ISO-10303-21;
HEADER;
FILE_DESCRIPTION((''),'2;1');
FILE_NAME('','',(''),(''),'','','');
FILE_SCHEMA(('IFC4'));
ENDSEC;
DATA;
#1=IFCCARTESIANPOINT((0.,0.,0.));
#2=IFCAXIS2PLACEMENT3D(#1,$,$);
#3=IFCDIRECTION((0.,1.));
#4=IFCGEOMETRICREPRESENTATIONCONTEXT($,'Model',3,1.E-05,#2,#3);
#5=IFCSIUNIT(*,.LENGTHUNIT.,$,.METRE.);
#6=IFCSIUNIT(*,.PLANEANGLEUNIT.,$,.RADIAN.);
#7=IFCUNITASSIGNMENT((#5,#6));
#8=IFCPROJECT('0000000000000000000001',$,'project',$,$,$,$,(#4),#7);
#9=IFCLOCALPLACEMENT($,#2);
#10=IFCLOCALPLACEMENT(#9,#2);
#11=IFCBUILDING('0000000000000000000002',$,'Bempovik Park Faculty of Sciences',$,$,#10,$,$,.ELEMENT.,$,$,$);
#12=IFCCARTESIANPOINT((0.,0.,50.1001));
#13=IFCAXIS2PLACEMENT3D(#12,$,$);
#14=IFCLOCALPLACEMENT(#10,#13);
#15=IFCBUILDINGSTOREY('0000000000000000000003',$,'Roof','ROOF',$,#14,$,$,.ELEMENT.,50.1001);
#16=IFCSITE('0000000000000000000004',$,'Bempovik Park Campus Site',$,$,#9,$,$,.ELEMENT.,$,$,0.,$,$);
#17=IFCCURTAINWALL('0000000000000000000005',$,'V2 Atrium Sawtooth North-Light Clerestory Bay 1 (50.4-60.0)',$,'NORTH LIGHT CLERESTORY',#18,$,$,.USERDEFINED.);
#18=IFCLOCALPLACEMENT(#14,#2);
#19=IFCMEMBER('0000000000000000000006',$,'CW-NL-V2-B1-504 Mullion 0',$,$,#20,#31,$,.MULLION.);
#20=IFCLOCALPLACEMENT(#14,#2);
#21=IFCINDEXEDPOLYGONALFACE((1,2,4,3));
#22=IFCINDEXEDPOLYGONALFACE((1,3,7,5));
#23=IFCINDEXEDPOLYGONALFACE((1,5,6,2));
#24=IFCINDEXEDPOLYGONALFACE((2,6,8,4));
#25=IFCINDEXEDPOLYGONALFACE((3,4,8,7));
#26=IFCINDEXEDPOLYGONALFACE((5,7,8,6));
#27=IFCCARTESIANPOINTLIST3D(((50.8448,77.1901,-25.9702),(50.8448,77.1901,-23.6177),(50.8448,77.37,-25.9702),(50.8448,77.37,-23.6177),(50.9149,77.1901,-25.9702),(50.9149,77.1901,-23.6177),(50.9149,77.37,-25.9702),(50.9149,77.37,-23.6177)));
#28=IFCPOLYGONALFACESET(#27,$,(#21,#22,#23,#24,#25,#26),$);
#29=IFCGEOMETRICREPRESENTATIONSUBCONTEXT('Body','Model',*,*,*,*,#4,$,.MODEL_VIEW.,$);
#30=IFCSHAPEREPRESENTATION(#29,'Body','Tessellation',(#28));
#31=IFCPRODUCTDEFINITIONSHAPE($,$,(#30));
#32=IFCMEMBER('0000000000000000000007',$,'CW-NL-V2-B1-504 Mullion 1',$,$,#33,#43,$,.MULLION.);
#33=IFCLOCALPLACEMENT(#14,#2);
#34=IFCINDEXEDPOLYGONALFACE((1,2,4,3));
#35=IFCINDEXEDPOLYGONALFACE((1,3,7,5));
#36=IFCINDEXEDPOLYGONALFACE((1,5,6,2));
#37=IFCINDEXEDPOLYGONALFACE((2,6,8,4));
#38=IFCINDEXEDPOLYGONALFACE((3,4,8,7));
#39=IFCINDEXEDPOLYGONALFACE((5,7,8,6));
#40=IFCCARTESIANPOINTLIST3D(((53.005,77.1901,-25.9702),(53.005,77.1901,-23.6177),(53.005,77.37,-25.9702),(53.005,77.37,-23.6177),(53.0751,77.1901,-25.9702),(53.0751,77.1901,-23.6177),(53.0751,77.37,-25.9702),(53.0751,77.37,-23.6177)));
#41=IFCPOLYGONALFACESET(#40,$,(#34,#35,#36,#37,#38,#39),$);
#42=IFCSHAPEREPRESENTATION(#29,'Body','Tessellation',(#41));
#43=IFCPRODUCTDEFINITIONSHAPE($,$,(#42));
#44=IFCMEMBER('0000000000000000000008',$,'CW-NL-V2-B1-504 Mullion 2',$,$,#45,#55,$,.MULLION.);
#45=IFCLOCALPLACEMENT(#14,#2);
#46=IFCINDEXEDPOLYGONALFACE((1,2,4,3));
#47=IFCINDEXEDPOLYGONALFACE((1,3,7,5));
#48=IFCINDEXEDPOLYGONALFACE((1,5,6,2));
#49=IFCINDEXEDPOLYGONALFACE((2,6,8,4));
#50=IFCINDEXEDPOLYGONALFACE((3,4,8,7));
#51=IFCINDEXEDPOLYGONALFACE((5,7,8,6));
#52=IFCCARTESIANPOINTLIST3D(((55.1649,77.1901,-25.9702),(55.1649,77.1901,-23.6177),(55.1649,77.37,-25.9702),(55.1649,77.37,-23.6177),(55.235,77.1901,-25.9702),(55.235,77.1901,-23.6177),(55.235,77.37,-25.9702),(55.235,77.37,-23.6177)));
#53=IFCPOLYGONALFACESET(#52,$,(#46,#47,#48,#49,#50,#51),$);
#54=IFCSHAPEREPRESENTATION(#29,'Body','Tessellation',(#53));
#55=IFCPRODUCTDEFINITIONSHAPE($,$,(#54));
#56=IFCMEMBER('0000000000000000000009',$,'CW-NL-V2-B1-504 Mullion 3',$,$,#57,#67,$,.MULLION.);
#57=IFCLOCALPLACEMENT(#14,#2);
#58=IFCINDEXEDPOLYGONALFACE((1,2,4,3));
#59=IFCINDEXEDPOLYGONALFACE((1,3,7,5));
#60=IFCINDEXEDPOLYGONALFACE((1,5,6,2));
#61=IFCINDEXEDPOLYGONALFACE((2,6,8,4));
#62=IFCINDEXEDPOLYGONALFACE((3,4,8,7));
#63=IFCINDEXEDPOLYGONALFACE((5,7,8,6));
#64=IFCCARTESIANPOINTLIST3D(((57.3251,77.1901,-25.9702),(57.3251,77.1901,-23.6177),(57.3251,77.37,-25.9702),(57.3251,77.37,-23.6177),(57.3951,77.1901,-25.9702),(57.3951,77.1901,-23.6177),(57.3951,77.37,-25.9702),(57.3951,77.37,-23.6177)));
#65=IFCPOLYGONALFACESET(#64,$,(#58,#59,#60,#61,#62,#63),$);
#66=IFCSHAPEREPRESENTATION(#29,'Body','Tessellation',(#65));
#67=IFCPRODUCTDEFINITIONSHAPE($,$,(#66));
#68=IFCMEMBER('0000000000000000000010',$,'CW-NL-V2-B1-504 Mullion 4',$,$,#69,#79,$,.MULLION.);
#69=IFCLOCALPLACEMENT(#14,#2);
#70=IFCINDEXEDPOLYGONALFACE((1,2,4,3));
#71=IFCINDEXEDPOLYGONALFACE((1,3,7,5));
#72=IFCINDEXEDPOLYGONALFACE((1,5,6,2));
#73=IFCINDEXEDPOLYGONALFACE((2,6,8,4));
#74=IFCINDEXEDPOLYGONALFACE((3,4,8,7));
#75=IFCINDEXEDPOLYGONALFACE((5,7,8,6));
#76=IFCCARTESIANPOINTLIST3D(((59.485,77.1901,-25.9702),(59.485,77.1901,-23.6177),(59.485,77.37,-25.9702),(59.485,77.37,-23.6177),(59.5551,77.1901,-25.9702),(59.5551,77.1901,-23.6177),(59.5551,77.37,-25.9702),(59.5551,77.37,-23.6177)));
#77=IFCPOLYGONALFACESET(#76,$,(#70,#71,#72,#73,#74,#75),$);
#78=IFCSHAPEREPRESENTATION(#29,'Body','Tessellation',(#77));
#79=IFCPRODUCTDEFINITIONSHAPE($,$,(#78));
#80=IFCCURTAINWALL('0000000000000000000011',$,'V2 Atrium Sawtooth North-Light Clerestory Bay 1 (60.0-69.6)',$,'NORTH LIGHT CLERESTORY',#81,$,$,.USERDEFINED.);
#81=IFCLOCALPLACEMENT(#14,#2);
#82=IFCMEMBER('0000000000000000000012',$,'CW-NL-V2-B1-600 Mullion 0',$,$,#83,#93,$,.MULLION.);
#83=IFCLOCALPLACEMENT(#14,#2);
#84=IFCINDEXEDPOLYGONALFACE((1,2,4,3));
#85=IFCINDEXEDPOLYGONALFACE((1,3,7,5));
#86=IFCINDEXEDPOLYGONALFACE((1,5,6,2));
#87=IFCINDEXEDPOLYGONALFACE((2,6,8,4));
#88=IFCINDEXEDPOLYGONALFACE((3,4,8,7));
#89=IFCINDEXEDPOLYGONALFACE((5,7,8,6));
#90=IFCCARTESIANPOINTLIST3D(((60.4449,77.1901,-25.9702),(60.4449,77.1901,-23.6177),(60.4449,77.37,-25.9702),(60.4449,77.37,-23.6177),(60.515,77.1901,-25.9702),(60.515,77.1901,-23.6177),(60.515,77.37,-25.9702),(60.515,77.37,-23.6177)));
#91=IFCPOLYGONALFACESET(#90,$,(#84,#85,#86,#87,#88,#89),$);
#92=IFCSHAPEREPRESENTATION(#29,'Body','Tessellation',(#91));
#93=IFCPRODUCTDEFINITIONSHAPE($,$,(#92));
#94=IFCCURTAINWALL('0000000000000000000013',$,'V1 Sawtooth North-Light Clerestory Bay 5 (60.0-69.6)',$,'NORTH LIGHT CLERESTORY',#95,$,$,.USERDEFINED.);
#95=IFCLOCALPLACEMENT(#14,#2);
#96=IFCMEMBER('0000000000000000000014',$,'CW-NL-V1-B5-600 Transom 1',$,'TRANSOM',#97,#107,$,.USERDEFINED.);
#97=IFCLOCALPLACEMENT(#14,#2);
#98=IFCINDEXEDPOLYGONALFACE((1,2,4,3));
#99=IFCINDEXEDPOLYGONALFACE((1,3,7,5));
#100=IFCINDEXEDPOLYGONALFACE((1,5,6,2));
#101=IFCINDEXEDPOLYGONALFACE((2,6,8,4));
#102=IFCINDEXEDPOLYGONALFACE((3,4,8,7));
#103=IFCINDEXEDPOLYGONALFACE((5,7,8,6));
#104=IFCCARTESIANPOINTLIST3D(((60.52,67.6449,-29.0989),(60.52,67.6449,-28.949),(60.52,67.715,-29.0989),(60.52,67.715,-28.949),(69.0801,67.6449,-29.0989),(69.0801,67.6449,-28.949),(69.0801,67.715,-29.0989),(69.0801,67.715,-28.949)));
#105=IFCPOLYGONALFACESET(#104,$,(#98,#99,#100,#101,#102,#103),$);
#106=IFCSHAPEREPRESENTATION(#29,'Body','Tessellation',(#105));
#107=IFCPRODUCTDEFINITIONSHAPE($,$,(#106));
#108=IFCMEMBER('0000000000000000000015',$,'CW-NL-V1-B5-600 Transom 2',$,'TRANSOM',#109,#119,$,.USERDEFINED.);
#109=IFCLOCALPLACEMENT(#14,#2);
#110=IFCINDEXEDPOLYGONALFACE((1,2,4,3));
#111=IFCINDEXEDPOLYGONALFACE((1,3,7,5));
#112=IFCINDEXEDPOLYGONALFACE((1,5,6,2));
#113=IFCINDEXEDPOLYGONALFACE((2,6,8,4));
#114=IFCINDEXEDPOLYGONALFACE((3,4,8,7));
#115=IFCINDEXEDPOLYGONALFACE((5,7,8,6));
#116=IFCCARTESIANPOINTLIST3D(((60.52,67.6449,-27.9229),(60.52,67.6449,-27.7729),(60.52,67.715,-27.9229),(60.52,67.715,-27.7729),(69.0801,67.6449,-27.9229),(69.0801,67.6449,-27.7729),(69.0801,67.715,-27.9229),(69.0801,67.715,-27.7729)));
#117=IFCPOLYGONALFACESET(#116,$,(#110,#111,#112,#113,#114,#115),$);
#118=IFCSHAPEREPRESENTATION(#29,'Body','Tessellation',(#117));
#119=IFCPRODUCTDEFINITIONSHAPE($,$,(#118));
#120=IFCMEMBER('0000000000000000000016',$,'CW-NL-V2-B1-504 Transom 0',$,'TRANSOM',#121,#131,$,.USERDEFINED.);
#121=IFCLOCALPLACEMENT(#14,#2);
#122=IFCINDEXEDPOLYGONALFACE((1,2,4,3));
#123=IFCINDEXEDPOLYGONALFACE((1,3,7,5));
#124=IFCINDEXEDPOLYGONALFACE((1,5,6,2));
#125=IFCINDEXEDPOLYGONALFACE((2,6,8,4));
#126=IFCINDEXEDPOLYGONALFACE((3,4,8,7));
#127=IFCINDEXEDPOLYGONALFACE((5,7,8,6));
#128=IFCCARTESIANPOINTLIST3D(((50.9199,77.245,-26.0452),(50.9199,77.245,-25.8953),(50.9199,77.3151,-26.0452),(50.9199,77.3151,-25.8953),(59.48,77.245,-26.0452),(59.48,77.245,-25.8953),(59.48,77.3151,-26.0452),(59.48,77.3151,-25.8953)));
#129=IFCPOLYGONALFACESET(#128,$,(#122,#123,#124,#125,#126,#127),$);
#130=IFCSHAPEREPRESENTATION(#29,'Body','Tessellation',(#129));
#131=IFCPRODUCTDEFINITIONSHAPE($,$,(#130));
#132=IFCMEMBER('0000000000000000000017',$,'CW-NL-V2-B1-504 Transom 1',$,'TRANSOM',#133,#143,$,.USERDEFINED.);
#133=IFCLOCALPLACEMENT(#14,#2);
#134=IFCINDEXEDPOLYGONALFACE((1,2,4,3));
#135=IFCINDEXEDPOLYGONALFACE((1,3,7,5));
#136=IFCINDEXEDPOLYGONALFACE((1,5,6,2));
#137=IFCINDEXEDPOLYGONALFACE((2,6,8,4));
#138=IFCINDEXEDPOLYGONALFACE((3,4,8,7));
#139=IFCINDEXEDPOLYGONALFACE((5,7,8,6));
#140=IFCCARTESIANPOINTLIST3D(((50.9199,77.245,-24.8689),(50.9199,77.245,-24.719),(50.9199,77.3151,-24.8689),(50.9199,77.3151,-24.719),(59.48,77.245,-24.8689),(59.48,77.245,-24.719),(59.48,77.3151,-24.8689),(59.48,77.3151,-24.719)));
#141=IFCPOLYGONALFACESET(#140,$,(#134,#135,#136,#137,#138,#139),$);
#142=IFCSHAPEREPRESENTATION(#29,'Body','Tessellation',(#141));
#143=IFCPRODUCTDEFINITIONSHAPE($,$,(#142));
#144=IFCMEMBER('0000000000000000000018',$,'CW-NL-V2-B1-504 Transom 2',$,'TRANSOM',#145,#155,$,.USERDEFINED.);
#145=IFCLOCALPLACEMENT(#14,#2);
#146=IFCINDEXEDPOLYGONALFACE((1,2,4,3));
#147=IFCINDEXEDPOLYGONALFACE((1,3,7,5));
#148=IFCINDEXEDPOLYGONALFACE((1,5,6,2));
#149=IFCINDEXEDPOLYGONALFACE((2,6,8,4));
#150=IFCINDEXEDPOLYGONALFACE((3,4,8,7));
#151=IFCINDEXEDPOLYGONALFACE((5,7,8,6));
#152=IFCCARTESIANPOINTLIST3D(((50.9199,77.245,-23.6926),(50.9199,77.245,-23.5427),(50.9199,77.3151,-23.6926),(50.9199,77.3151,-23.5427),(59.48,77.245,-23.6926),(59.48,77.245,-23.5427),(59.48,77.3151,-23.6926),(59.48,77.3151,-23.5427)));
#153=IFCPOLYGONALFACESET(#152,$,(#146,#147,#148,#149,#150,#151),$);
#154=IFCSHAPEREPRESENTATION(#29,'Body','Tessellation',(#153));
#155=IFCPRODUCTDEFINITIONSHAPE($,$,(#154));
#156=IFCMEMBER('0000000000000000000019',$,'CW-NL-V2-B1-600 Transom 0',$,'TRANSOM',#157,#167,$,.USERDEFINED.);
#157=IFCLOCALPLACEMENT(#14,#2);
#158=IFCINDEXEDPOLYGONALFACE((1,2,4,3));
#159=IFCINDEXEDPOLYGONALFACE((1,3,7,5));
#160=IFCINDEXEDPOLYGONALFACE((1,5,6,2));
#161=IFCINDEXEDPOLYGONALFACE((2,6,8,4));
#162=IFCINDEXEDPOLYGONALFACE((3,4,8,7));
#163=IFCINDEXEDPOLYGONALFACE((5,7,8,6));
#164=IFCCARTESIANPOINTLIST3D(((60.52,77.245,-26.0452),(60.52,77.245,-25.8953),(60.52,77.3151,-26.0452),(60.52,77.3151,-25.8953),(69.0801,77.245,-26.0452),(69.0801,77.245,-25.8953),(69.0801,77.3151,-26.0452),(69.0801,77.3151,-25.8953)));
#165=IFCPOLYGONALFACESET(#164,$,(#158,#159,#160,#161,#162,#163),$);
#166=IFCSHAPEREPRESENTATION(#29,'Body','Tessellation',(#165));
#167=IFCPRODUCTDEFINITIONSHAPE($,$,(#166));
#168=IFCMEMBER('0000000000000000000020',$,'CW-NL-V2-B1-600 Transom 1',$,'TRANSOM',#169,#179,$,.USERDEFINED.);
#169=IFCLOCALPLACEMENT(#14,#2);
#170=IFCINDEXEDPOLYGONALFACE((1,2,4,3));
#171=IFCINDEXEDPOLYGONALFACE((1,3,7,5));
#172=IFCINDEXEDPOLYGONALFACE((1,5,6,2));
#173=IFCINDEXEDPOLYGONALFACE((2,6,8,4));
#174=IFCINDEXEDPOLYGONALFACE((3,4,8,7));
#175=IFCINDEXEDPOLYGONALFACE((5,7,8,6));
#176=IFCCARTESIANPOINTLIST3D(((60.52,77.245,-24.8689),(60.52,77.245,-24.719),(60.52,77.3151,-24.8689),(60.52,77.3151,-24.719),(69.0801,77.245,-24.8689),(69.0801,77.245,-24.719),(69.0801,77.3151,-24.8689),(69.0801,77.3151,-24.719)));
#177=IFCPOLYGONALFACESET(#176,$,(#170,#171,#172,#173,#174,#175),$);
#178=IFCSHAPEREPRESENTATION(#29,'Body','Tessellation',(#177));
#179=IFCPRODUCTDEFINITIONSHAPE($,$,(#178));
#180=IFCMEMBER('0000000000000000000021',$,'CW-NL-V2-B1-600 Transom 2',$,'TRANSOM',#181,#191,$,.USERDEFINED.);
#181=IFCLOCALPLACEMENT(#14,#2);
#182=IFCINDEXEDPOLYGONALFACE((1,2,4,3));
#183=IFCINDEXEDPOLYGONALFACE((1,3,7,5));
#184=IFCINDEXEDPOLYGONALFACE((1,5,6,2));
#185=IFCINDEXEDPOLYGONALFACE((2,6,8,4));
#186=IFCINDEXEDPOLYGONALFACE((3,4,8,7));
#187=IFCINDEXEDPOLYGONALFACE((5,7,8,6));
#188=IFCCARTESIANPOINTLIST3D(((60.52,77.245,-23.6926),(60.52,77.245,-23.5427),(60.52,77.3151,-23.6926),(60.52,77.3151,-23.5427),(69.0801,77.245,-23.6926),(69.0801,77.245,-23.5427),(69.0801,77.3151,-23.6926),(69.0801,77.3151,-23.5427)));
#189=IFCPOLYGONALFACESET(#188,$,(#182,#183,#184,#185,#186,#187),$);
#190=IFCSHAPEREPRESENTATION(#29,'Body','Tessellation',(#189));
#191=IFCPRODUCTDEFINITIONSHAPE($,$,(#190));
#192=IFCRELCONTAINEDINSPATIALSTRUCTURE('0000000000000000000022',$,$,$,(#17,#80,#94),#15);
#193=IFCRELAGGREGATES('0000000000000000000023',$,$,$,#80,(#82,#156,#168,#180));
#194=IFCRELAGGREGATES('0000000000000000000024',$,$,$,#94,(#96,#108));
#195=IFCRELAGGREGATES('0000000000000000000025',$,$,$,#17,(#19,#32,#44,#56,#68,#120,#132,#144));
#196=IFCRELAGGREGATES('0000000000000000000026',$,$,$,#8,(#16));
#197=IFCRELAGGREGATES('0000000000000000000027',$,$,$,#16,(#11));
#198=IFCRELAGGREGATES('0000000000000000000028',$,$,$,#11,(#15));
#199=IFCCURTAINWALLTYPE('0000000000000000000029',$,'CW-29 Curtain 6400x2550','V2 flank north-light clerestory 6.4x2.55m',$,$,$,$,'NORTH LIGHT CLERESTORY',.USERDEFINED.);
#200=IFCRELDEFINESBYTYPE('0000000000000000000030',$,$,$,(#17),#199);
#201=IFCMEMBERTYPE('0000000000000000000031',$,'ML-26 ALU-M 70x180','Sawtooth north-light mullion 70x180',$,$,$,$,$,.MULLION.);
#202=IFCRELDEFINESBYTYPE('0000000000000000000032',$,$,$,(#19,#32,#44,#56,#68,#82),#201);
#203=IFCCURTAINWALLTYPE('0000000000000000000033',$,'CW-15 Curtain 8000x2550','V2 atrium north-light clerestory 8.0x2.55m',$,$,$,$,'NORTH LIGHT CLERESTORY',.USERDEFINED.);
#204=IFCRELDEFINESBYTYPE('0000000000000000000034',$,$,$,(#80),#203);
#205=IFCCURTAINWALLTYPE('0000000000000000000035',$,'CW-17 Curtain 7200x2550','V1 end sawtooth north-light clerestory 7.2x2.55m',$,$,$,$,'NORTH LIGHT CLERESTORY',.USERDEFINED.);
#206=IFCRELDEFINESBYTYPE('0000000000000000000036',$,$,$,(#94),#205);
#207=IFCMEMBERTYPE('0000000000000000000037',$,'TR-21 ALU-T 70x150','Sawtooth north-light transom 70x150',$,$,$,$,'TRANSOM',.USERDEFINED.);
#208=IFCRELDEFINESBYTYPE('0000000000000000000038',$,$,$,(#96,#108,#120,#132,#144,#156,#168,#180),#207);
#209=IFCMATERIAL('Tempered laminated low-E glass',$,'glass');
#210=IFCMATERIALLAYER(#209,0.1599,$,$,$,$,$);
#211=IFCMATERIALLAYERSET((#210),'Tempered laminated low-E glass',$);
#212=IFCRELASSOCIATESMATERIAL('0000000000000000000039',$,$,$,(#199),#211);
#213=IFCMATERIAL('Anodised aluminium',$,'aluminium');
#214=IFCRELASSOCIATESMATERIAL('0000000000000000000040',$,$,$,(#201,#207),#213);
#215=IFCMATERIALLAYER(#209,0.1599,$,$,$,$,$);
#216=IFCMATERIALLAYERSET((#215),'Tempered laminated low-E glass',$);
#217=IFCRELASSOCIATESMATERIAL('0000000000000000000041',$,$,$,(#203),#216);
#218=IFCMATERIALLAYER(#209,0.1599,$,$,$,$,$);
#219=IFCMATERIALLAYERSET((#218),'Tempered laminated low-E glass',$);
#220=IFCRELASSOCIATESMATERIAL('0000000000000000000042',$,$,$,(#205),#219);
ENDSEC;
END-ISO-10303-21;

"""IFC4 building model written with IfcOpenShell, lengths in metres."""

from ifc_helpers import new_model, si_unit, direction, frame, origin, origin_2d, place, context, subcontext, project, spatial, rectangle, extrude, material, layer, layer_set, material_profile, profile_set, type_object, element, aggregate, save


model = new_model("IFC4")

# Units and contexts
model_context = context("Model", 3, precision=1e-05, world=origin(), true_north=direction((0.0, 1.0)))
body_context = subcontext(model_context, "Body", "Model", "MODEL_VIEW")
ifc_project = project(units=[si_unit("LENGTHUNIT", "METRE"), si_unit("PLANEANGLEUNIT", "RADIAN")], contexts=[model_context])

# Site, building, storey
site_placement = place(None, origin())
site = spatial("IfcSite", under=ifc_project, at=site_placement, Name="Bempovik Park Campus Site", CompositionType="ELEMENT", RefElevation=0.0)
building_placement = place(site_placement, origin())
building = spatial("IfcBuilding", under=site, at=building_placement, Name="Bempovik Park Faculty of Sciences", CompositionType="ELEMENT")
storey_placement = place(building_placement, frame((0.0, 0.0, 50.1001)))
storey = spatial("IfcBuildingStorey", under=building, at=storey_placement, Name="Roof", Description="ROOF", CompositionType="ELEMENT", Elevation=50.1001)

# Curtain wall, members
ifc_material_1 = material(Name="Tempered laminated low-E glass", Category="glass")
ifc_layer_1 = layer(ifc_material_1, 0.1599)
ifc_layer_set_1 = layer_set([ifc_layer_1], Name="Tempered laminated low-E glass")
curtain_wall_type_1 = type_object("IfcCurtainWallType", Name="CW-29 Curtain 6400x2550", Description="V2 flank north-light clerestory 6.4x2.55m", ElementType="NORTH LIGHT CLERESTORY", PredefinedType="USERDEFINED", material=ifc_layer_set_1)
curtain_wall_1_placement = place(storey_placement, origin())
curtain_wall_1 = element("IfcCurtainWall", 1, at=curtain_wall_1_placement, inside=storey, type_object=curtain_wall_type_1, Name="V2 Atrium Sawtooth North-Light Clerestory Bay 1 (50.4-60.0)", ObjectType="NORTH LIGHT CLERESTORY", PredefinedType="USERDEFINED")
ifc_material_2 = material(Name="Anodised aluminium", Category="aluminium")
ifc_material_profile_1 = material_profile(ifc_material_2, rectangle(XDim=0.0701, YDim=0.1799, at=origin_2d()), Name="ALU-M 70x180")
ifc_profile_set_1 = profile_set([ifc_material_profile_1], Name="Anodised aluminium")
member_type_1 = type_object("IfcMemberType", Name="ML-26 ALU-M 70x180", Description="Sawtooth north-light mullion 70x180", PredefinedType="MULLION", material=ifc_profile_set_1)
member_1_placement = place(storey_placement, frame((50.8799, 77.28, -25.9702), z_axis=(0.0, 0.0, 1.0), x_axis=(1.0, 0.0, 0.0)))
member_1 = element("IfcMember", 2, at=member_1_placement, type_object=member_type_1, Name="CW-NL-V2-B1-504 Mullion 0", PredefinedType="MULLION", context=body_context, shape_type="SweptSolid", body=[
    extrude(rectangle(XDim=0.0701, YDim=0.1799, at=origin_2d()), origin(), (0.0, 0.0, 1.0), 2.3525),
])
member_2_placement = place(storey_placement, frame((53.04, 77.28, -25.9702), z_axis=(0.0, 0.0, 1.0), x_axis=(1.0, 0.0, 0.0)))
member_2 = element("IfcMember", 3, at=member_2_placement, type_object=member_type_1, Name="CW-NL-V2-B1-504 Mullion 1", PredefinedType="MULLION", context=body_context, shape_type="SweptSolid", body=[
    extrude(rectangle(XDim=0.0701, YDim=0.1799, at=origin_2d()), origin(), (0.0, 0.0, 1.0), 2.3525),
])
member_3_placement = place(storey_placement, frame((55.2, 77.28, -25.9702), z_axis=(0.0, 0.0, 1.0), x_axis=(1.0, 0.0, 0.0)))
member_3 = element("IfcMember", 4, at=member_3_placement, type_object=member_type_1, Name="CW-NL-V2-B1-504 Mullion 2", PredefinedType="MULLION", context=body_context, shape_type="SweptSolid", body=[
    extrude(rectangle(XDim=0.0701, YDim=0.1799, at=origin_2d()), origin(), (0.0, 0.0, 1.0), 2.3525),
])
member_4_placement = place(storey_placement, frame((57.3601, 77.28, -25.9702), z_axis=(0.0, 0.0, 1.0), x_axis=(1.0, 0.0, 0.0)))
member_4 = element("IfcMember", 5, at=member_4_placement, type_object=member_type_1, Name="CW-NL-V2-B1-504 Mullion 3", PredefinedType="MULLION", context=body_context, shape_type="SweptSolid", body=[
    extrude(rectangle(XDim=0.0701, YDim=0.1799, at=origin_2d()), origin(), (0.0, 0.0, 1.0), 2.3525),
])
member_5_placement = place(storey_placement, frame((59.52, 77.28, -25.9702), z_axis=(0.0, 0.0, 1.0), x_axis=(1.0, 0.0, 0.0)))
member_5 = element("IfcMember", 6, at=member_5_placement, type_object=member_type_1, Name="CW-NL-V2-B1-504 Mullion 4", PredefinedType="MULLION", context=body_context, shape_type="SweptSolid", body=[
    extrude(rectangle(XDim=0.0701, YDim=0.1799, at=origin_2d()), origin(), (0.0, 0.0, 1.0), 2.3525),
])

# Curtain wall, member
ifc_layer_2 = layer(ifc_material_1, 0.1599)
ifc_layer_set_2 = layer_set([ifc_layer_2], Name="Tempered laminated low-E glass")
curtain_wall_type_2 = type_object("IfcCurtainWallType", Name="CW-15 Curtain 8000x2550", Description="V2 atrium north-light clerestory 8.0x2.55m", ElementType="NORTH LIGHT CLERESTORY", PredefinedType="USERDEFINED", material=ifc_layer_set_2)
curtain_wall_2_placement = place(storey_placement, origin())
curtain_wall_2 = element("IfcCurtainWall", 7, at=curtain_wall_2_placement, inside=storey, type_object=curtain_wall_type_2, Name="V2 Atrium Sawtooth North-Light Clerestory Bay 1 (60.0-69.6)", ObjectType="NORTH LIGHT CLERESTORY", PredefinedType="USERDEFINED")
member_6_placement = place(storey_placement, frame((60.48, 77.28, -25.9702), z_axis=(0.0, 0.0, 1.0), x_axis=(1.0, 0.0, 0.0)))
member_6 = element("IfcMember", 8, at=member_6_placement, type_object=member_type_1, Name="CW-NL-V2-B1-600 Mullion 0", PredefinedType="MULLION", context=body_context, shape_type="SweptSolid", body=[
    extrude(rectangle(XDim=0.0701, YDim=0.1799, at=origin_2d()), origin(), (0.0, 0.0, 1.0), 2.3525),
])

# Curtain wall, members
ifc_layer_3 = layer(ifc_material_1, 0.1599)
ifc_layer_set_3 = layer_set([ifc_layer_3], Name="Tempered laminated low-E glass")
curtain_wall_type_3 = type_object("IfcCurtainWallType", Name="CW-17 Curtain 7200x2550", Description="V1 end sawtooth north-light clerestory 7.2x2.55m", ElementType="NORTH LIGHT CLERESTORY", PredefinedType="USERDEFINED", material=ifc_layer_set_3)
curtain_wall_3_placement = place(storey_placement, origin())
curtain_wall_3 = element("IfcCurtainWall", 9, at=curtain_wall_3_placement, inside=storey, type_object=curtain_wall_type_3, Name="V1 Sawtooth North-Light Clerestory Bay 5 (60.0-69.6)", ObjectType="NORTH LIGHT CLERESTORY", PredefinedType="USERDEFINED")
ifc_material_profile_2 = material_profile(ifc_material_2, rectangle(XDim=0.0701, YDim=0.1499, at=origin_2d()), Name="ALU-T 70x150")
ifc_profile_set_2 = profile_set([ifc_material_profile_2], Name="Anodised aluminium")
member_type_2 = type_object("IfcMemberType", Name="TR-21 ALU-T 70x150", Description="Sawtooth north-light transom 70x150", ElementType="TRANSOM", PredefinedType="USERDEFINED", material=ifc_profile_set_2)
member_7_placement = place(storey_placement, frame((60.52, 67.6799, -29.0239), z_axis=(1.0, 0.0, 0.0), x_axis=(0.0, 1.0, 0.0)))
member_7 = element("IfcMember", 10, at=member_7_placement, type_object=member_type_2, Name="CW-NL-V1-B5-600 Transom 1", ObjectType="TRANSOM", PredefinedType="USERDEFINED", context=body_context, shape_type="SweptSolid", body=[
    extrude(rectangle(XDim=0.0701, YDim=0.1499, at=origin_2d()), origin(), (0.0, 0.0, 1.0), 8.5601),
])
member_8_placement = place(storey_placement, frame((60.52, 67.6799, -27.8479), z_axis=(1.0, 0.0, 0.0), x_axis=(0.0, 1.0, 0.0)))
member_8 = element("IfcMember", 11, at=member_8_placement, type_object=member_type_2, Name="CW-NL-V1-B5-600 Transom 2", ObjectType="TRANSOM", PredefinedType="USERDEFINED", context=body_context, shape_type="SweptSolid", body=[
    extrude(rectangle(XDim=0.0701, YDim=0.1499, at=origin_2d()), origin(), (0.0, 0.0, 1.0), 8.5601),
])

# Members
member_9_placement = place(storey_placement, frame((50.9199, 77.28, -25.9702), z_axis=(1.0, 0.0, 0.0), x_axis=(0.0, 1.0, 0.0)))
member_9 = element("IfcMember", 12, at=member_9_placement, type_object=member_type_2, Name="CW-NL-V2-B1-504 Transom 0", ObjectType="TRANSOM", PredefinedType="USERDEFINED", context=body_context, shape_type="SweptSolid", body=[
    extrude(rectangle(XDim=0.0701, YDim=0.1499, at=origin_2d()), origin(), (0.0, 0.0, 1.0), 8.5601),
])
member_10_placement = place(storey_placement, frame((50.9199, 77.28, -24.7939), z_axis=(1.0, 0.0, 0.0), x_axis=(0.0, 1.0, 0.0)))
member_10 = element("IfcMember", 13, at=member_10_placement, type_object=member_type_2, Name="CW-NL-V2-B1-504 Transom 1", ObjectType="TRANSOM", PredefinedType="USERDEFINED", context=body_context, shape_type="SweptSolid", body=[
    extrude(rectangle(XDim=0.0701, YDim=0.1499, at=origin_2d()), origin(), (0.0, 0.0, 1.0), 8.5601),
])
member_11_placement = place(storey_placement, frame((50.9199, 77.28, -23.6177), z_axis=(1.0, 0.0, 0.0), x_axis=(0.0, 1.0, 0.0)))
member_11 = element("IfcMember", 14, at=member_11_placement, type_object=member_type_2, Name="CW-NL-V2-B1-504 Transom 2", ObjectType="TRANSOM", PredefinedType="USERDEFINED", context=body_context, shape_type="SweptSolid", body=[
    extrude(rectangle(XDim=0.0701, YDim=0.1499, at=origin_2d()), origin(), (0.0, 0.0, 1.0), 8.5601),
])
member_12_placement = place(storey_placement, frame((60.52, 77.28, -25.9702), z_axis=(1.0, 0.0, 0.0), x_axis=(0.0, 1.0, 0.0)))
member_12 = element("IfcMember", 15, at=member_12_placement, type_object=member_type_2, Name="CW-NL-V2-B1-600 Transom 0", ObjectType="TRANSOM", PredefinedType="USERDEFINED", context=body_context, shape_type="SweptSolid", body=[
    extrude(rectangle(XDim=0.0701, YDim=0.1499, at=origin_2d()), origin(), (0.0, 0.0, 1.0), 8.5601),
])
member_13_placement = place(storey_placement, frame((60.52, 77.28, -24.7939), z_axis=(1.0, 0.0, 0.0), x_axis=(0.0, 1.0, 0.0)))
member_13 = element("IfcMember", 16, at=member_13_placement, type_object=member_type_2, Name="CW-NL-V2-B1-600 Transom 1", ObjectType="TRANSOM", PredefinedType="USERDEFINED", context=body_context, shape_type="SweptSolid", body=[
    extrude(rectangle(XDim=0.0701, YDim=0.1499, at=origin_2d()), origin(), (0.0, 0.0, 1.0), 8.5601),
])
member_14_placement = place(storey_placement, frame((60.52, 77.28, -23.6177), z_axis=(1.0, 0.0, 0.0), x_axis=(0.0, 1.0, 0.0)))
member_14 = element("IfcMember", 17, at=member_14_placement, type_object=member_type_2, Name="CW-NL-V2-B1-600 Transom 2", ObjectType="TRANSOM", PredefinedType="USERDEFINED", context=body_context, shape_type="SweptSolid", body=[
    extrude(rectangle(XDim=0.0701, YDim=0.1499, at=origin_2d()), origin(), (0.0, 0.0, 1.0), 8.5601),
])
aggregate(curtain_wall_2, [member_6, member_12, member_13, member_14])

aggregate(curtain_wall_3, [member_7, member_8])
aggregate(curtain_wall_1, [member_1, member_2, member_3, member_4, member_5, member_9, member_10, member_11])

save(model, "model.ifc")
